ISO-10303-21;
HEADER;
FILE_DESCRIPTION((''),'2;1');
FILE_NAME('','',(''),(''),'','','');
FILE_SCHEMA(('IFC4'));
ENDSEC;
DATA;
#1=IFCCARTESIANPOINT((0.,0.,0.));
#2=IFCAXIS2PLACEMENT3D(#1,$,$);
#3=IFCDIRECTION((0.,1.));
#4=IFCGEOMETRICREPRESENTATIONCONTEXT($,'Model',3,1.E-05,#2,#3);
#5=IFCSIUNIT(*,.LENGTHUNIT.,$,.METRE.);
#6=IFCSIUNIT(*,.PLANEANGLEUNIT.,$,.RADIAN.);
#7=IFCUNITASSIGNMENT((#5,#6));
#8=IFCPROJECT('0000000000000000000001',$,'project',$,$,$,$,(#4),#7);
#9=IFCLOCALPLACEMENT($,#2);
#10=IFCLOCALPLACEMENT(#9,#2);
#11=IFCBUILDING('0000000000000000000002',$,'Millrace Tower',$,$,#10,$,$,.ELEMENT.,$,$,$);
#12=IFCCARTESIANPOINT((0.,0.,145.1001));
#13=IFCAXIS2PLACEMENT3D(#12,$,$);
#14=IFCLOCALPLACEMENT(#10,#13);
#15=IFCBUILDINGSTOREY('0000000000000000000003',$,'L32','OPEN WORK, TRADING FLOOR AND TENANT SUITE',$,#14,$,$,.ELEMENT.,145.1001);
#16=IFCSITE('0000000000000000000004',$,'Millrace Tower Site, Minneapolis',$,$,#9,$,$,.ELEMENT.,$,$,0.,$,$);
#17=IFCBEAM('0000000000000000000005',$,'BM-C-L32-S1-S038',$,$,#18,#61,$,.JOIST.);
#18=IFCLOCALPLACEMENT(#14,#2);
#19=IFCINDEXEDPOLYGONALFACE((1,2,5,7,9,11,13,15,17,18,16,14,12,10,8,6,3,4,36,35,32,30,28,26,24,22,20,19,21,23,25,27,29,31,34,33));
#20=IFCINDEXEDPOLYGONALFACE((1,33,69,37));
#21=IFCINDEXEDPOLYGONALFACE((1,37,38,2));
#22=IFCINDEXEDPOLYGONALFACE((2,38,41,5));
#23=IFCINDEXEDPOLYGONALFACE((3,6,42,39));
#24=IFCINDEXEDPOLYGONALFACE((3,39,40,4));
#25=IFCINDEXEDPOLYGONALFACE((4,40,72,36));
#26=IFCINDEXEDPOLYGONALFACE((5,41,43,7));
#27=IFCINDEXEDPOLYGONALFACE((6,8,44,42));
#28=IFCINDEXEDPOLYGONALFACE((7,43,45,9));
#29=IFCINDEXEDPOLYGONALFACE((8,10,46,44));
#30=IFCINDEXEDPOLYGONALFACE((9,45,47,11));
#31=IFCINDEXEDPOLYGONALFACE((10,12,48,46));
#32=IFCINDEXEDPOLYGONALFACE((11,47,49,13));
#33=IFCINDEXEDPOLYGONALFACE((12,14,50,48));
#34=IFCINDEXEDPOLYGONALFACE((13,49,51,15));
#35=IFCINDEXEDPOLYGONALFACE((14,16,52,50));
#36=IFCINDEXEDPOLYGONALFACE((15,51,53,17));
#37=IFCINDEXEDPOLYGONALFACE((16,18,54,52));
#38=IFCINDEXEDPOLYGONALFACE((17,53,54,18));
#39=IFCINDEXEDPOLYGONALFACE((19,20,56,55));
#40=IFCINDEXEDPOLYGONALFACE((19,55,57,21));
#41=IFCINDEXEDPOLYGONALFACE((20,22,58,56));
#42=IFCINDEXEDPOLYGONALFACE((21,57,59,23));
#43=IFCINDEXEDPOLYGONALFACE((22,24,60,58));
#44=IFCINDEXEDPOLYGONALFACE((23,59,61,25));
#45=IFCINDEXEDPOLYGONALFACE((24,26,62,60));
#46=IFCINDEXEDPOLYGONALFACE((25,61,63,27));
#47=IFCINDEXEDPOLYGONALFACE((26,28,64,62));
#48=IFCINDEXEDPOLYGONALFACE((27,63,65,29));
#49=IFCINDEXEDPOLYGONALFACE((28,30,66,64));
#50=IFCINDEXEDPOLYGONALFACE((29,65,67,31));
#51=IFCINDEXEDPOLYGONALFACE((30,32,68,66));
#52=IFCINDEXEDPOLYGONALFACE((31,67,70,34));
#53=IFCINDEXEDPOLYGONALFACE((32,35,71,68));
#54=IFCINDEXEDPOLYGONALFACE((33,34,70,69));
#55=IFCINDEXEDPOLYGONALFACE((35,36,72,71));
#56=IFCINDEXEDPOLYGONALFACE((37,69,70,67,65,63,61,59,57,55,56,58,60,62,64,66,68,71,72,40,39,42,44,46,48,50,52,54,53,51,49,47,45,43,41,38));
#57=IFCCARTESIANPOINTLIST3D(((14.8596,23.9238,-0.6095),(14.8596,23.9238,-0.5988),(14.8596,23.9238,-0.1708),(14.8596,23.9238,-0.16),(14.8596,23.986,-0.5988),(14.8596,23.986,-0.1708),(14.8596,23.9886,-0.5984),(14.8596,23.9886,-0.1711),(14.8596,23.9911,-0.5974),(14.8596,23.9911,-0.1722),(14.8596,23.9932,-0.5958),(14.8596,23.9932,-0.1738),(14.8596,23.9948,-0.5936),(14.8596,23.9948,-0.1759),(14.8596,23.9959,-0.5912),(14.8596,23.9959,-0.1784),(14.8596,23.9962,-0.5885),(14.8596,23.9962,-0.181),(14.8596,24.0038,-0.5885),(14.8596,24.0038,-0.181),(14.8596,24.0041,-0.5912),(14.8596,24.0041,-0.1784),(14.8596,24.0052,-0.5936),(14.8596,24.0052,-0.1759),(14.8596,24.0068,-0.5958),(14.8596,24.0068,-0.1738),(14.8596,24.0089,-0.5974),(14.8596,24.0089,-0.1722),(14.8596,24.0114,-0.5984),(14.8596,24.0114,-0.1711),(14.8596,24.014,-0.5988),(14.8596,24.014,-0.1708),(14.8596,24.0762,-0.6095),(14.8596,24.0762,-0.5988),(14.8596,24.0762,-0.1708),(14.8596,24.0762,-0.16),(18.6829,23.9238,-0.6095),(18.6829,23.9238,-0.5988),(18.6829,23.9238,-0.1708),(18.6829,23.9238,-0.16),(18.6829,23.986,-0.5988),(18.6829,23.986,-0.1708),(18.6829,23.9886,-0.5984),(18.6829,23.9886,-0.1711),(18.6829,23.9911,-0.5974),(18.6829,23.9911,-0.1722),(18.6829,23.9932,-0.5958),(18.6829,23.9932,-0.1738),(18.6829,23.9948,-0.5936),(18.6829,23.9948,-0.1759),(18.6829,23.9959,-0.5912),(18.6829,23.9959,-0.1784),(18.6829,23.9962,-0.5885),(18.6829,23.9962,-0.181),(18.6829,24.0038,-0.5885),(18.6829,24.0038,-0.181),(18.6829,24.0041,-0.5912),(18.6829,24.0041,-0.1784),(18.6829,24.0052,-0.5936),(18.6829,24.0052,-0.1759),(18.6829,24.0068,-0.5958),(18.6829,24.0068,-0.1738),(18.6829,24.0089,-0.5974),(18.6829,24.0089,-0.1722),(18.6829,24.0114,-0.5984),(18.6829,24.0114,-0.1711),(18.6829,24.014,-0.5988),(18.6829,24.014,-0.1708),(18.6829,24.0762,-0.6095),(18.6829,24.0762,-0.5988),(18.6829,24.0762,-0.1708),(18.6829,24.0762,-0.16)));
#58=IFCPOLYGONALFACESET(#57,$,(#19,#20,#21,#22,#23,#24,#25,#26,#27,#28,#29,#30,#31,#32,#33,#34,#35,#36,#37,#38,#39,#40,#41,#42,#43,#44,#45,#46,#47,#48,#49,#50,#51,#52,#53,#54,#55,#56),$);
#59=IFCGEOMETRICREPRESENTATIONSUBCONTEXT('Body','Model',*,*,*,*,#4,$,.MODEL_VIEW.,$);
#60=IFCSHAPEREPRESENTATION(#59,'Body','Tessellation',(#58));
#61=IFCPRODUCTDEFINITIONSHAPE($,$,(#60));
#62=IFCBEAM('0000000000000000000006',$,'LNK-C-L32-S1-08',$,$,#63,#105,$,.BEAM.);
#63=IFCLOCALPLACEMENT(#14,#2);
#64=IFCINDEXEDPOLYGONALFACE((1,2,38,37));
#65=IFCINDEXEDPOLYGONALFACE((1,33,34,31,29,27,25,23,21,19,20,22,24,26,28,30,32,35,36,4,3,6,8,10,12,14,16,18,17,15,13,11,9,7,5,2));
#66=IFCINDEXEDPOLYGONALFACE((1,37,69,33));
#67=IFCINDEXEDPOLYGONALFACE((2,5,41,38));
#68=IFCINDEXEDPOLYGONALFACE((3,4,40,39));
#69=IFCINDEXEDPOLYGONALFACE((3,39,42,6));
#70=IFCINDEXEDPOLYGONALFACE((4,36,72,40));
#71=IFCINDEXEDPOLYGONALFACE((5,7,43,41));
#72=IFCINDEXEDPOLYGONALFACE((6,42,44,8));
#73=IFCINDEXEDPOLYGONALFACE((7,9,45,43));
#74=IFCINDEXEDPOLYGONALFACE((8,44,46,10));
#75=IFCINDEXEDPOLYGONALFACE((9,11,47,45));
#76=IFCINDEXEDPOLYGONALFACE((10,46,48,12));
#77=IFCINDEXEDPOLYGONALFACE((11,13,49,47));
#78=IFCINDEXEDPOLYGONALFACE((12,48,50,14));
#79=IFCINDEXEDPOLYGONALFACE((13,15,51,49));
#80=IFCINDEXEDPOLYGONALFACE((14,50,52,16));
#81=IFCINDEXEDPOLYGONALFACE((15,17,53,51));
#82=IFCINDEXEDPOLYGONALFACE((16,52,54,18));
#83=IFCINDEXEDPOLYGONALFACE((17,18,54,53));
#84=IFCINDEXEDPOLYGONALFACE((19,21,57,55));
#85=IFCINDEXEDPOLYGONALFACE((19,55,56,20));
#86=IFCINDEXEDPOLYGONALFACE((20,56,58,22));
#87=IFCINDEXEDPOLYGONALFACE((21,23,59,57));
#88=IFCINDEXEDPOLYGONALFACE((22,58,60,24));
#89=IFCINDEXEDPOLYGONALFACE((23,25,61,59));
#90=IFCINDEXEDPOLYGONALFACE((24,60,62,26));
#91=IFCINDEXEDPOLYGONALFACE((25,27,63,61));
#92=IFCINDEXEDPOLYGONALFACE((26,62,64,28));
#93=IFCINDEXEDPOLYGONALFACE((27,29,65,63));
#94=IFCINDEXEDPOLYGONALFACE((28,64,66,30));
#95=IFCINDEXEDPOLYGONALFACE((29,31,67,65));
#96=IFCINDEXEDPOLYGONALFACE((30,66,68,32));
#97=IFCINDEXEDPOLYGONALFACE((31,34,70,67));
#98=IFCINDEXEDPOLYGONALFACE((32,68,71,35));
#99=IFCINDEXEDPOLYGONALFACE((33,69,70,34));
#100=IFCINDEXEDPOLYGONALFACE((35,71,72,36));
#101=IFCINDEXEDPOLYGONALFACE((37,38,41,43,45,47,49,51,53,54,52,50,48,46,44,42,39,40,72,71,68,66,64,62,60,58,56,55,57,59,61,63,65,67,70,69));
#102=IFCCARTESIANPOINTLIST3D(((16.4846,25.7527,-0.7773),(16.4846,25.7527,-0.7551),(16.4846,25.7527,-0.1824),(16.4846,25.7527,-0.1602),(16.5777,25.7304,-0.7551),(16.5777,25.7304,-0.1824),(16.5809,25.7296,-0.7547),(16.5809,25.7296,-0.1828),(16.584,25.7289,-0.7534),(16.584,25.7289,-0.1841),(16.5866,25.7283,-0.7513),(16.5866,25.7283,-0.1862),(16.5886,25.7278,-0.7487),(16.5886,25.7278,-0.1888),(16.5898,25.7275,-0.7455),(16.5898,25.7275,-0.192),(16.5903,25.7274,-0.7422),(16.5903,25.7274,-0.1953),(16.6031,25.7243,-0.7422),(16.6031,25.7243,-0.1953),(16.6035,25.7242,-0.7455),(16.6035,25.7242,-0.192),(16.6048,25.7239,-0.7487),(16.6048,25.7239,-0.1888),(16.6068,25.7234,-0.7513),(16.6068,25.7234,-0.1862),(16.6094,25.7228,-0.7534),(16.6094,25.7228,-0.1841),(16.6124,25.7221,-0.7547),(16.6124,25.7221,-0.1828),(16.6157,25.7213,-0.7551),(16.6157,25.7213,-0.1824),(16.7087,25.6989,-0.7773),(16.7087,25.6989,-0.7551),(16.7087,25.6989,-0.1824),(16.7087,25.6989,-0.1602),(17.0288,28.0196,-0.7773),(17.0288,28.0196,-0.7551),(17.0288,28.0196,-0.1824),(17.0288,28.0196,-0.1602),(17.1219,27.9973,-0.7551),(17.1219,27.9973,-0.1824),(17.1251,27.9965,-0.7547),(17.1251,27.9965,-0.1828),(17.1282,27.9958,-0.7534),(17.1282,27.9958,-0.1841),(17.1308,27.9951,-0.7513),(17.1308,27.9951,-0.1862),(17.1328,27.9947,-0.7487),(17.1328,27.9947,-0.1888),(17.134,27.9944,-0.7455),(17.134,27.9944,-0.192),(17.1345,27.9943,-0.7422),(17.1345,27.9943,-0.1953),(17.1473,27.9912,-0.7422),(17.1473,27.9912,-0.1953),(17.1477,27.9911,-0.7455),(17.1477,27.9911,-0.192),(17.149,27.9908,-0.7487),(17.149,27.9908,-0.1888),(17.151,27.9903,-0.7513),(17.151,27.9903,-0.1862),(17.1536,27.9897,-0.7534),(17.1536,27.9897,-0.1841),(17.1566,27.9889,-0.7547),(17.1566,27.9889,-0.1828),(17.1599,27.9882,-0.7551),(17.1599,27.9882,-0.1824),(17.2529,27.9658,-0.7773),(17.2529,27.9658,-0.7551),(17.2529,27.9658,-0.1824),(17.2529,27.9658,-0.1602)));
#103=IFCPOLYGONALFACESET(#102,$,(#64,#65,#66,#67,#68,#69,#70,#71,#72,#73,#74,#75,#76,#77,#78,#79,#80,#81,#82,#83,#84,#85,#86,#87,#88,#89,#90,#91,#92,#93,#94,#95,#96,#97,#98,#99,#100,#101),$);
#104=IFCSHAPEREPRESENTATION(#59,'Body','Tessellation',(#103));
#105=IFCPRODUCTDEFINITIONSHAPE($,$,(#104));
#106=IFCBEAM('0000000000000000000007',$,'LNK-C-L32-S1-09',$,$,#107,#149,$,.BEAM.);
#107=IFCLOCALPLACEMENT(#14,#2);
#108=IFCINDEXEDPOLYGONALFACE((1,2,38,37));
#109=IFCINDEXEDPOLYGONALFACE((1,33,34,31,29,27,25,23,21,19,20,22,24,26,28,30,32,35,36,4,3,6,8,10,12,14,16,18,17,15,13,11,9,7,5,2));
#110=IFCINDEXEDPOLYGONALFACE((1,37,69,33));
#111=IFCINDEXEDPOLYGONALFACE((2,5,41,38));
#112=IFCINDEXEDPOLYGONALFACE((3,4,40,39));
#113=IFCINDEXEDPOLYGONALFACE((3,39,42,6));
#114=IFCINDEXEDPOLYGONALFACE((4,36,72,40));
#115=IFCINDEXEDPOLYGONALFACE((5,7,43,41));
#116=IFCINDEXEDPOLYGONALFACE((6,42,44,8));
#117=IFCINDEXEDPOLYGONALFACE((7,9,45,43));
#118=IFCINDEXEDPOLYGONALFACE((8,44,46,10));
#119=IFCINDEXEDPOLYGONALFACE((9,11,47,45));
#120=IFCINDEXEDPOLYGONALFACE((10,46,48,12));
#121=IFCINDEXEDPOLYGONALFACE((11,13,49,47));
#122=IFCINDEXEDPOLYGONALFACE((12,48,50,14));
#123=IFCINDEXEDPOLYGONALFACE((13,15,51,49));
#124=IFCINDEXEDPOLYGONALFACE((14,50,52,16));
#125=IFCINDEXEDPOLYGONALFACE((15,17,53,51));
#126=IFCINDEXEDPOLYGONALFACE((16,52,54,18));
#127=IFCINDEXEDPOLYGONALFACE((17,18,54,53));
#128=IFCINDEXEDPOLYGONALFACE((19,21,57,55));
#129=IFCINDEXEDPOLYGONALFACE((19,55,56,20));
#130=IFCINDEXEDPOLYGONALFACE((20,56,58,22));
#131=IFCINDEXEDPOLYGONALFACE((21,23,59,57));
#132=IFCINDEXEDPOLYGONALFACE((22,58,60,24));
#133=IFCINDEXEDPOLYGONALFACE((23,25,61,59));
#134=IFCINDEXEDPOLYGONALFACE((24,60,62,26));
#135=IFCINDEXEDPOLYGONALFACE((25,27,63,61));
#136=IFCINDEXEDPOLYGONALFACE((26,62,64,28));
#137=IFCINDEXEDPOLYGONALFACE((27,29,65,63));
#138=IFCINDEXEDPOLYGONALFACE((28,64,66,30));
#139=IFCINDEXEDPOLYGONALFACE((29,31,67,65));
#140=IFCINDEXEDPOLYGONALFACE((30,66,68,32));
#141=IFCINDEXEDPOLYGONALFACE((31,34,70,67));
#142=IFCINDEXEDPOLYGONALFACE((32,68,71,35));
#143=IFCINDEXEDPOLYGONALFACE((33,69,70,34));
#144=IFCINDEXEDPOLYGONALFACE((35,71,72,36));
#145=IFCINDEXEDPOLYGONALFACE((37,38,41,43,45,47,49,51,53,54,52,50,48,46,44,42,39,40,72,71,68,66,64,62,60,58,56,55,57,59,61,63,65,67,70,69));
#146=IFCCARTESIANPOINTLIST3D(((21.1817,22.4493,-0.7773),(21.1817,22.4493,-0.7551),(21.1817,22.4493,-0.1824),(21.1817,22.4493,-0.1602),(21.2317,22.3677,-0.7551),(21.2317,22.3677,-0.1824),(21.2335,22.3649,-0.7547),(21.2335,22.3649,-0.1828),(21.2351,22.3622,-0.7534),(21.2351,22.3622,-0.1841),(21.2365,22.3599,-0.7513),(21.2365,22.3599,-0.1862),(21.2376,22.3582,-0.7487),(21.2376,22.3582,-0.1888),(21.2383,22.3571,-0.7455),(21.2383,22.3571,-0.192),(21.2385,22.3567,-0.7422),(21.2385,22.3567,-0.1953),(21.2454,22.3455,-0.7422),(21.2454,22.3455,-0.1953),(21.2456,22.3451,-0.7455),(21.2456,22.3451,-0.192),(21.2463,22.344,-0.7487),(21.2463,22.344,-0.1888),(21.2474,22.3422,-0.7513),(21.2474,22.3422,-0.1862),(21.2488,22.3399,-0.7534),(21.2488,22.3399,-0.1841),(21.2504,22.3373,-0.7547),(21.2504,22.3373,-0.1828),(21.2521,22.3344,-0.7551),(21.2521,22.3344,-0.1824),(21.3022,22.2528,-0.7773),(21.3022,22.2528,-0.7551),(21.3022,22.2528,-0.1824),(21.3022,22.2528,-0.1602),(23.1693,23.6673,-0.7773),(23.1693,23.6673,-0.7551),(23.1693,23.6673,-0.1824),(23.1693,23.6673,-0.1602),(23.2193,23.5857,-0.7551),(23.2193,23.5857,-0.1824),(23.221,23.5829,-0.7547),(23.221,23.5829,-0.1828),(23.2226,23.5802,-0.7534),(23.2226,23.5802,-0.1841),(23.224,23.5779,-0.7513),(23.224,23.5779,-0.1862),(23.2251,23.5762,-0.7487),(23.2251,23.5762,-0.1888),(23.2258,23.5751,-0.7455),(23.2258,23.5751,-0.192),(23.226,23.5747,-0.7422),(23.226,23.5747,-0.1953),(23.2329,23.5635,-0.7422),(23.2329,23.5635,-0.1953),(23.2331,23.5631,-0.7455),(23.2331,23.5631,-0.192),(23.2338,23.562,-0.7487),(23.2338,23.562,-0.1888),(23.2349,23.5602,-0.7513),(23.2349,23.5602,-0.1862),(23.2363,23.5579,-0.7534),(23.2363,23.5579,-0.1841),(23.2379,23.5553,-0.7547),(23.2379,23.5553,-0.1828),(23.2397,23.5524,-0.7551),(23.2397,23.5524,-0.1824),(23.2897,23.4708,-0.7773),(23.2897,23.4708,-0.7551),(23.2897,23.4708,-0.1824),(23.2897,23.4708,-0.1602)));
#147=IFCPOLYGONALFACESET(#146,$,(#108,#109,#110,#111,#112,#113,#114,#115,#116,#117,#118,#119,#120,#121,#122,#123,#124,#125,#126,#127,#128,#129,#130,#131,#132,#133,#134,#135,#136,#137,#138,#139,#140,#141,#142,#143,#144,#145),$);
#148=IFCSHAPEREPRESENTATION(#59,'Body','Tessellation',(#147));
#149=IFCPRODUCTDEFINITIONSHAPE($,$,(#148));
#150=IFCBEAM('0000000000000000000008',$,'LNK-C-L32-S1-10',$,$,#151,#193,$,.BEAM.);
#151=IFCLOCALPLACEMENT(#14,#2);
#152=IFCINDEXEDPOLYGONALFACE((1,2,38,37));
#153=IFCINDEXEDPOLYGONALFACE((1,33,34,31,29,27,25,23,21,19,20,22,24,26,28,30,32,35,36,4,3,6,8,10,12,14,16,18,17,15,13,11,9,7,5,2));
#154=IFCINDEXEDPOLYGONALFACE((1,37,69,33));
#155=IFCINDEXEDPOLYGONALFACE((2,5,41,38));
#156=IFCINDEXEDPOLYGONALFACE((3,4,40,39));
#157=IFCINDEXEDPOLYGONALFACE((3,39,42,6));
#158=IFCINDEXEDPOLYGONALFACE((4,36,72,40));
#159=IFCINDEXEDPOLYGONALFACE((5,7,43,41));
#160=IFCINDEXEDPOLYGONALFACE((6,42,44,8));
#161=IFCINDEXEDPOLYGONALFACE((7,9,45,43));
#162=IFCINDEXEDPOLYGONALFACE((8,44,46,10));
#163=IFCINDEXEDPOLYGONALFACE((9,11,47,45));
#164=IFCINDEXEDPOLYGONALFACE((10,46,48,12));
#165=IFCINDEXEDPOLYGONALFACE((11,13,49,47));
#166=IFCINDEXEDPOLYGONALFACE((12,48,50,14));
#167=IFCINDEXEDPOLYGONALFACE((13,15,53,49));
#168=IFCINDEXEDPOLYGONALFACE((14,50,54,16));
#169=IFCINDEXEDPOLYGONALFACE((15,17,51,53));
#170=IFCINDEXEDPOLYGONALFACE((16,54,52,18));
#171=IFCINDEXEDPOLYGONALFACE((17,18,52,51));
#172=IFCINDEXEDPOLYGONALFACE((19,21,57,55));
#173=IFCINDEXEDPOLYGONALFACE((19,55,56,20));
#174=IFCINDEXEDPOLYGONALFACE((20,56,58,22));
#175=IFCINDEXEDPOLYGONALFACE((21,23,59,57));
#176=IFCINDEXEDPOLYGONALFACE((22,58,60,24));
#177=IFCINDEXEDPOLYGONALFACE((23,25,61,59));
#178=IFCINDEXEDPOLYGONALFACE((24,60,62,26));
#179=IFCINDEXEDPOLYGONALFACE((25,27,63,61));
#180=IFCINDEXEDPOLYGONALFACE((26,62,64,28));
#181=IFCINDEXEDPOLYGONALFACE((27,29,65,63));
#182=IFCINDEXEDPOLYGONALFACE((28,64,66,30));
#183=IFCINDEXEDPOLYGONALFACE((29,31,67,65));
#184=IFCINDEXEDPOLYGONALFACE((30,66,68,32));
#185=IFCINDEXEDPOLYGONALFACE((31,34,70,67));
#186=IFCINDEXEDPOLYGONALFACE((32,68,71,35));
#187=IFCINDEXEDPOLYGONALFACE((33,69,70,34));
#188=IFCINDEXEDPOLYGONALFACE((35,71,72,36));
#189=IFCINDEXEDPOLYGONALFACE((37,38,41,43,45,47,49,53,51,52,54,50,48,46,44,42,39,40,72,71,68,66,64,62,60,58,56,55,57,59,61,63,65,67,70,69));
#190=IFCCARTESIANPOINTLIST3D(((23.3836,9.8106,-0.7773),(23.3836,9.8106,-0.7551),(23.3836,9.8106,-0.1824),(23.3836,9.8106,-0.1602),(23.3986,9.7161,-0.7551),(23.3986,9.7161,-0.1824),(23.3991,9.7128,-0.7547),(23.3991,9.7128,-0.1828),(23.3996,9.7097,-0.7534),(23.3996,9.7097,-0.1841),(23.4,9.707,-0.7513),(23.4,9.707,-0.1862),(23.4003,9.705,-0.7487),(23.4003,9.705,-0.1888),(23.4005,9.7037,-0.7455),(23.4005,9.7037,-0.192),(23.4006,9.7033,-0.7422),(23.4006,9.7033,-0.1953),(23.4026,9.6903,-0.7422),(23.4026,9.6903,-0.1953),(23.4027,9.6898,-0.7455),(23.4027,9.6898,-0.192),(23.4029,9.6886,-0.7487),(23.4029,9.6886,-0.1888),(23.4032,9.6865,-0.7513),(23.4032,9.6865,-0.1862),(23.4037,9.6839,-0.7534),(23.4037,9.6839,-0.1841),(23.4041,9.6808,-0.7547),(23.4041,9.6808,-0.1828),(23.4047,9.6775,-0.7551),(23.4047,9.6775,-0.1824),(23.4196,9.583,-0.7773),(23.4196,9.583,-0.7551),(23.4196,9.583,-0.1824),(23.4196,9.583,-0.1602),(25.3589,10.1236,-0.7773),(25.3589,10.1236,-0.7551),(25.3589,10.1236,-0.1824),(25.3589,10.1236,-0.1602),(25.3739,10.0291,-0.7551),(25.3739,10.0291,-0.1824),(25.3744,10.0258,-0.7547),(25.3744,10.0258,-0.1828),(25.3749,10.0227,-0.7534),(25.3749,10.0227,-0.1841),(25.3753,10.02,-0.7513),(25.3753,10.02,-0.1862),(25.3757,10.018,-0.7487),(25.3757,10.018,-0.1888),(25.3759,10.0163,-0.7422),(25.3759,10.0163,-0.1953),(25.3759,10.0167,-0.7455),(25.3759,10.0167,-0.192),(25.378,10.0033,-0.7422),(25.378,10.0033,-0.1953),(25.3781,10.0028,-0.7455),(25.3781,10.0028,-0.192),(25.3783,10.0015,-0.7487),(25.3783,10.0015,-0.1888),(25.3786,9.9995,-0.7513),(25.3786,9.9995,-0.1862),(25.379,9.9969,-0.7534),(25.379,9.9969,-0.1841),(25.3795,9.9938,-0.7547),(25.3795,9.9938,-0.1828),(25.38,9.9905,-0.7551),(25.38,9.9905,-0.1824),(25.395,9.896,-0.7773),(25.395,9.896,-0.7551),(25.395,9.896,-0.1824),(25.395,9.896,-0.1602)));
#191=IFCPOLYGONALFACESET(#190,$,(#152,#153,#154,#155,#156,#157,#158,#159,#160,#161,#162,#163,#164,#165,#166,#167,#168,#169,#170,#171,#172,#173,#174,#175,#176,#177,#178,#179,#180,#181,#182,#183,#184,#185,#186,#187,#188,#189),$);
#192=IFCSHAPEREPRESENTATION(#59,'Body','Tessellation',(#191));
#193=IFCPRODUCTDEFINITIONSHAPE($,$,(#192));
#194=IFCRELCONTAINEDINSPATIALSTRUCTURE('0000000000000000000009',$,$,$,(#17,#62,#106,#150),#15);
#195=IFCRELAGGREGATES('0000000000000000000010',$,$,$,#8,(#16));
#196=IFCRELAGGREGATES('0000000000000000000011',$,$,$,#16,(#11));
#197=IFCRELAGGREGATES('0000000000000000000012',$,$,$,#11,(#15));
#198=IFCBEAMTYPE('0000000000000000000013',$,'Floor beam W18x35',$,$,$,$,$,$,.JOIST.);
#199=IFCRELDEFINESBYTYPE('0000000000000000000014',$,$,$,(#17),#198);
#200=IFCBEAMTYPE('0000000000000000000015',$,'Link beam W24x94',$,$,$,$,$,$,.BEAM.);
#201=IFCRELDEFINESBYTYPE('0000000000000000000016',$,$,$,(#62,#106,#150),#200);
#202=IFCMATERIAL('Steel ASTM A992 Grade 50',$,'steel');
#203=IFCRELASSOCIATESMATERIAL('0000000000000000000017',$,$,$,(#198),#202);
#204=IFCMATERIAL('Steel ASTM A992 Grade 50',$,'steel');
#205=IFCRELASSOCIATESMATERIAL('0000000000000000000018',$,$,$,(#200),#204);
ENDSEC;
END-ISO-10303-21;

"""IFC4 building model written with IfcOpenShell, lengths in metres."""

from ifc_helpers import new_model, si_unit, direction, frame, origin, origin_2d, place, context, subcontext, project, spatial, i_section, extrude, material, material_profile, profile_set, type_object, element, save


model = new_model("IFC4")

# Units and contexts
model_context = context("Model", 3, precision=1e-05, world=origin(), true_north=direction((0.0, 1.0)))
body_context = subcontext(model_context, "Body", "Model", "MODEL_VIEW")
ifc_project = project(units=[si_unit("LENGTHUNIT", "METRE"), si_unit("PLANEANGLEUNIT", "RADIAN")], contexts=[model_context])

# Site, building, storey
site_placement = place(None, origin())
site = spatial("IfcSite", under=ifc_project, at=site_placement, Name="Millrace Tower Site, Minneapolis", CompositionType="ELEMENT", RefElevation=0.0)
building_placement = place(site_placement, origin())
building = spatial("IfcBuilding", under=site, at=building_placement, Name="Millrace Tower", CompositionType="ELEMENT")
storey_placement = place(building_placement, frame((0.0, 0.0, 145.1001)))
storey = spatial("IfcBuildingStorey", under=building, at=storey_placement, Name="L32", Description="OPEN WORK, TRADING FLOOR AND TENANT SUITE", CompositionType="ELEMENT", Elevation=145.1001)

# Beams
ifc_material_1 = material(Name="Steel ASTM A992 Grade 50", Category="steel")
ifc_material_profile_1 = material_profile(ifc_material_1, i_section(OverallWidth=0.1523, OverallDepth=0.4495, WebThickness=0.0076, FlangeThickness=0.0107, FilletRadius=0.0103, at=origin_2d()))
ifc_profile_set_1 = profile_set([ifc_material_profile_1], Name="Steel ASTM A992 Grade 50")
beam_type_1 = type_object("IfcBeamType", Name="Floor beam W18x35", PredefinedType="JOIST", material=ifc_profile_set_1)
beam_1_placement = place(storey_placement, frame((14.8596, 24.0, -0.3848), z_axis=(1.0, 0.0, 0.0), x_axis=(0.0, 1.0, 0.0)))
element("IfcBeam", 1, at=beam_1_placement, inside=storey, type_object=beam_type_1, Name="BM-C-L32-S1-S038", PredefinedType="JOIST", context=body_context, shape_type="SweptSolid", body=[
    extrude(i_section(OverallWidth=0.1523, OverallDepth=0.4495, WebThickness=0.0076, FlangeThickness=0.0107, FilletRadius=0.0103, at=origin_2d()), origin(), (0.0, 0.0, 1.0), 3.8232),
])
ifc_material_2 = material(Name="Steel ASTM A992 Grade 50", Category="steel")
ifc_material_profile_2 = material_profile(ifc_material_2, i_section(OverallWidth=0.2305, OverallDepth=0.6172, WebThickness=0.0132, FlangeThickness=0.0222, FilletRadius=0.0129, at=origin_2d()))
ifc_profile_set_2 = profile_set([ifc_material_profile_2], Name="Steel ASTM A992 Grade 50")
beam_type_2 = type_object("IfcBeamType", Name="Link beam W24x94", PredefinedType="BEAM", material=ifc_profile_set_2)
beam_2_placement = place(storey_placement, frame((16.5967, 25.7258, -0.4688), z_axis=(0.233432, 0.972373, 0.0), x_axis=(-0.972373, 0.233432, 0.0)))
element("IfcBeam", 2, at=beam_2_placement, inside=storey, type_object=beam_type_2, Name="LNK-C-L32-S1-08", PredefinedType="BEAM", context=body_context, shape_type="SweptSolid", body=[
    extrude(i_section(OverallWidth=0.2305, OverallDepth=0.6172, WebThickness=0.0132, FlangeThickness=0.0222, FilletRadius=0.0129, at=origin_2d()), origin(), (0.0, 0.0, 1.0), 2.3313),
])
beam_3_placement = place(storey_placement, frame((21.2419, 22.3511, -0.4688), z_axis=(0.852631, 0.522513, 0.0), x_axis=(-0.522513, 0.852631, 0.0)))
element("IfcBeam", 3, at=beam_3_placement, inside=storey, type_object=beam_type_2, Name="LNK-C-L32-S1-09", PredefinedType="BEAM", context=body_context, shape_type="SweptSolid", body=[
    extrude(i_section(OverallWidth=0.2305, OverallDepth=0.6172, WebThickness=0.0132, FlangeThickness=0.0222, FilletRadius=0.0129, at=origin_2d()), origin(), (0.0, 0.0, 1.0), 2.3311),
])
beam_4_placement = place(storey_placement, frame((23.4016, 9.6968, -0.4688), z_axis=(0.987679, 0.156495, 0.0), x_axis=(-0.156495, 0.987679, 0.0)))
element("IfcBeam", 4, at=beam_4_placement, inside=storey, type_object=beam_type_2, Name="LNK-C-L32-S1-10", PredefinedType="BEAM", context=body_context, shape_type="SweptSolid", body=[
    extrude(i_section(OverallWidth=0.2305, OverallDepth=0.6172, WebThickness=0.0132, FlangeThickness=0.0222, FilletRadius=0.0129, at=origin_2d()), origin(), (0.0, 0.0, 1.0), 2.0),
])

save(model, "model.ifc")
